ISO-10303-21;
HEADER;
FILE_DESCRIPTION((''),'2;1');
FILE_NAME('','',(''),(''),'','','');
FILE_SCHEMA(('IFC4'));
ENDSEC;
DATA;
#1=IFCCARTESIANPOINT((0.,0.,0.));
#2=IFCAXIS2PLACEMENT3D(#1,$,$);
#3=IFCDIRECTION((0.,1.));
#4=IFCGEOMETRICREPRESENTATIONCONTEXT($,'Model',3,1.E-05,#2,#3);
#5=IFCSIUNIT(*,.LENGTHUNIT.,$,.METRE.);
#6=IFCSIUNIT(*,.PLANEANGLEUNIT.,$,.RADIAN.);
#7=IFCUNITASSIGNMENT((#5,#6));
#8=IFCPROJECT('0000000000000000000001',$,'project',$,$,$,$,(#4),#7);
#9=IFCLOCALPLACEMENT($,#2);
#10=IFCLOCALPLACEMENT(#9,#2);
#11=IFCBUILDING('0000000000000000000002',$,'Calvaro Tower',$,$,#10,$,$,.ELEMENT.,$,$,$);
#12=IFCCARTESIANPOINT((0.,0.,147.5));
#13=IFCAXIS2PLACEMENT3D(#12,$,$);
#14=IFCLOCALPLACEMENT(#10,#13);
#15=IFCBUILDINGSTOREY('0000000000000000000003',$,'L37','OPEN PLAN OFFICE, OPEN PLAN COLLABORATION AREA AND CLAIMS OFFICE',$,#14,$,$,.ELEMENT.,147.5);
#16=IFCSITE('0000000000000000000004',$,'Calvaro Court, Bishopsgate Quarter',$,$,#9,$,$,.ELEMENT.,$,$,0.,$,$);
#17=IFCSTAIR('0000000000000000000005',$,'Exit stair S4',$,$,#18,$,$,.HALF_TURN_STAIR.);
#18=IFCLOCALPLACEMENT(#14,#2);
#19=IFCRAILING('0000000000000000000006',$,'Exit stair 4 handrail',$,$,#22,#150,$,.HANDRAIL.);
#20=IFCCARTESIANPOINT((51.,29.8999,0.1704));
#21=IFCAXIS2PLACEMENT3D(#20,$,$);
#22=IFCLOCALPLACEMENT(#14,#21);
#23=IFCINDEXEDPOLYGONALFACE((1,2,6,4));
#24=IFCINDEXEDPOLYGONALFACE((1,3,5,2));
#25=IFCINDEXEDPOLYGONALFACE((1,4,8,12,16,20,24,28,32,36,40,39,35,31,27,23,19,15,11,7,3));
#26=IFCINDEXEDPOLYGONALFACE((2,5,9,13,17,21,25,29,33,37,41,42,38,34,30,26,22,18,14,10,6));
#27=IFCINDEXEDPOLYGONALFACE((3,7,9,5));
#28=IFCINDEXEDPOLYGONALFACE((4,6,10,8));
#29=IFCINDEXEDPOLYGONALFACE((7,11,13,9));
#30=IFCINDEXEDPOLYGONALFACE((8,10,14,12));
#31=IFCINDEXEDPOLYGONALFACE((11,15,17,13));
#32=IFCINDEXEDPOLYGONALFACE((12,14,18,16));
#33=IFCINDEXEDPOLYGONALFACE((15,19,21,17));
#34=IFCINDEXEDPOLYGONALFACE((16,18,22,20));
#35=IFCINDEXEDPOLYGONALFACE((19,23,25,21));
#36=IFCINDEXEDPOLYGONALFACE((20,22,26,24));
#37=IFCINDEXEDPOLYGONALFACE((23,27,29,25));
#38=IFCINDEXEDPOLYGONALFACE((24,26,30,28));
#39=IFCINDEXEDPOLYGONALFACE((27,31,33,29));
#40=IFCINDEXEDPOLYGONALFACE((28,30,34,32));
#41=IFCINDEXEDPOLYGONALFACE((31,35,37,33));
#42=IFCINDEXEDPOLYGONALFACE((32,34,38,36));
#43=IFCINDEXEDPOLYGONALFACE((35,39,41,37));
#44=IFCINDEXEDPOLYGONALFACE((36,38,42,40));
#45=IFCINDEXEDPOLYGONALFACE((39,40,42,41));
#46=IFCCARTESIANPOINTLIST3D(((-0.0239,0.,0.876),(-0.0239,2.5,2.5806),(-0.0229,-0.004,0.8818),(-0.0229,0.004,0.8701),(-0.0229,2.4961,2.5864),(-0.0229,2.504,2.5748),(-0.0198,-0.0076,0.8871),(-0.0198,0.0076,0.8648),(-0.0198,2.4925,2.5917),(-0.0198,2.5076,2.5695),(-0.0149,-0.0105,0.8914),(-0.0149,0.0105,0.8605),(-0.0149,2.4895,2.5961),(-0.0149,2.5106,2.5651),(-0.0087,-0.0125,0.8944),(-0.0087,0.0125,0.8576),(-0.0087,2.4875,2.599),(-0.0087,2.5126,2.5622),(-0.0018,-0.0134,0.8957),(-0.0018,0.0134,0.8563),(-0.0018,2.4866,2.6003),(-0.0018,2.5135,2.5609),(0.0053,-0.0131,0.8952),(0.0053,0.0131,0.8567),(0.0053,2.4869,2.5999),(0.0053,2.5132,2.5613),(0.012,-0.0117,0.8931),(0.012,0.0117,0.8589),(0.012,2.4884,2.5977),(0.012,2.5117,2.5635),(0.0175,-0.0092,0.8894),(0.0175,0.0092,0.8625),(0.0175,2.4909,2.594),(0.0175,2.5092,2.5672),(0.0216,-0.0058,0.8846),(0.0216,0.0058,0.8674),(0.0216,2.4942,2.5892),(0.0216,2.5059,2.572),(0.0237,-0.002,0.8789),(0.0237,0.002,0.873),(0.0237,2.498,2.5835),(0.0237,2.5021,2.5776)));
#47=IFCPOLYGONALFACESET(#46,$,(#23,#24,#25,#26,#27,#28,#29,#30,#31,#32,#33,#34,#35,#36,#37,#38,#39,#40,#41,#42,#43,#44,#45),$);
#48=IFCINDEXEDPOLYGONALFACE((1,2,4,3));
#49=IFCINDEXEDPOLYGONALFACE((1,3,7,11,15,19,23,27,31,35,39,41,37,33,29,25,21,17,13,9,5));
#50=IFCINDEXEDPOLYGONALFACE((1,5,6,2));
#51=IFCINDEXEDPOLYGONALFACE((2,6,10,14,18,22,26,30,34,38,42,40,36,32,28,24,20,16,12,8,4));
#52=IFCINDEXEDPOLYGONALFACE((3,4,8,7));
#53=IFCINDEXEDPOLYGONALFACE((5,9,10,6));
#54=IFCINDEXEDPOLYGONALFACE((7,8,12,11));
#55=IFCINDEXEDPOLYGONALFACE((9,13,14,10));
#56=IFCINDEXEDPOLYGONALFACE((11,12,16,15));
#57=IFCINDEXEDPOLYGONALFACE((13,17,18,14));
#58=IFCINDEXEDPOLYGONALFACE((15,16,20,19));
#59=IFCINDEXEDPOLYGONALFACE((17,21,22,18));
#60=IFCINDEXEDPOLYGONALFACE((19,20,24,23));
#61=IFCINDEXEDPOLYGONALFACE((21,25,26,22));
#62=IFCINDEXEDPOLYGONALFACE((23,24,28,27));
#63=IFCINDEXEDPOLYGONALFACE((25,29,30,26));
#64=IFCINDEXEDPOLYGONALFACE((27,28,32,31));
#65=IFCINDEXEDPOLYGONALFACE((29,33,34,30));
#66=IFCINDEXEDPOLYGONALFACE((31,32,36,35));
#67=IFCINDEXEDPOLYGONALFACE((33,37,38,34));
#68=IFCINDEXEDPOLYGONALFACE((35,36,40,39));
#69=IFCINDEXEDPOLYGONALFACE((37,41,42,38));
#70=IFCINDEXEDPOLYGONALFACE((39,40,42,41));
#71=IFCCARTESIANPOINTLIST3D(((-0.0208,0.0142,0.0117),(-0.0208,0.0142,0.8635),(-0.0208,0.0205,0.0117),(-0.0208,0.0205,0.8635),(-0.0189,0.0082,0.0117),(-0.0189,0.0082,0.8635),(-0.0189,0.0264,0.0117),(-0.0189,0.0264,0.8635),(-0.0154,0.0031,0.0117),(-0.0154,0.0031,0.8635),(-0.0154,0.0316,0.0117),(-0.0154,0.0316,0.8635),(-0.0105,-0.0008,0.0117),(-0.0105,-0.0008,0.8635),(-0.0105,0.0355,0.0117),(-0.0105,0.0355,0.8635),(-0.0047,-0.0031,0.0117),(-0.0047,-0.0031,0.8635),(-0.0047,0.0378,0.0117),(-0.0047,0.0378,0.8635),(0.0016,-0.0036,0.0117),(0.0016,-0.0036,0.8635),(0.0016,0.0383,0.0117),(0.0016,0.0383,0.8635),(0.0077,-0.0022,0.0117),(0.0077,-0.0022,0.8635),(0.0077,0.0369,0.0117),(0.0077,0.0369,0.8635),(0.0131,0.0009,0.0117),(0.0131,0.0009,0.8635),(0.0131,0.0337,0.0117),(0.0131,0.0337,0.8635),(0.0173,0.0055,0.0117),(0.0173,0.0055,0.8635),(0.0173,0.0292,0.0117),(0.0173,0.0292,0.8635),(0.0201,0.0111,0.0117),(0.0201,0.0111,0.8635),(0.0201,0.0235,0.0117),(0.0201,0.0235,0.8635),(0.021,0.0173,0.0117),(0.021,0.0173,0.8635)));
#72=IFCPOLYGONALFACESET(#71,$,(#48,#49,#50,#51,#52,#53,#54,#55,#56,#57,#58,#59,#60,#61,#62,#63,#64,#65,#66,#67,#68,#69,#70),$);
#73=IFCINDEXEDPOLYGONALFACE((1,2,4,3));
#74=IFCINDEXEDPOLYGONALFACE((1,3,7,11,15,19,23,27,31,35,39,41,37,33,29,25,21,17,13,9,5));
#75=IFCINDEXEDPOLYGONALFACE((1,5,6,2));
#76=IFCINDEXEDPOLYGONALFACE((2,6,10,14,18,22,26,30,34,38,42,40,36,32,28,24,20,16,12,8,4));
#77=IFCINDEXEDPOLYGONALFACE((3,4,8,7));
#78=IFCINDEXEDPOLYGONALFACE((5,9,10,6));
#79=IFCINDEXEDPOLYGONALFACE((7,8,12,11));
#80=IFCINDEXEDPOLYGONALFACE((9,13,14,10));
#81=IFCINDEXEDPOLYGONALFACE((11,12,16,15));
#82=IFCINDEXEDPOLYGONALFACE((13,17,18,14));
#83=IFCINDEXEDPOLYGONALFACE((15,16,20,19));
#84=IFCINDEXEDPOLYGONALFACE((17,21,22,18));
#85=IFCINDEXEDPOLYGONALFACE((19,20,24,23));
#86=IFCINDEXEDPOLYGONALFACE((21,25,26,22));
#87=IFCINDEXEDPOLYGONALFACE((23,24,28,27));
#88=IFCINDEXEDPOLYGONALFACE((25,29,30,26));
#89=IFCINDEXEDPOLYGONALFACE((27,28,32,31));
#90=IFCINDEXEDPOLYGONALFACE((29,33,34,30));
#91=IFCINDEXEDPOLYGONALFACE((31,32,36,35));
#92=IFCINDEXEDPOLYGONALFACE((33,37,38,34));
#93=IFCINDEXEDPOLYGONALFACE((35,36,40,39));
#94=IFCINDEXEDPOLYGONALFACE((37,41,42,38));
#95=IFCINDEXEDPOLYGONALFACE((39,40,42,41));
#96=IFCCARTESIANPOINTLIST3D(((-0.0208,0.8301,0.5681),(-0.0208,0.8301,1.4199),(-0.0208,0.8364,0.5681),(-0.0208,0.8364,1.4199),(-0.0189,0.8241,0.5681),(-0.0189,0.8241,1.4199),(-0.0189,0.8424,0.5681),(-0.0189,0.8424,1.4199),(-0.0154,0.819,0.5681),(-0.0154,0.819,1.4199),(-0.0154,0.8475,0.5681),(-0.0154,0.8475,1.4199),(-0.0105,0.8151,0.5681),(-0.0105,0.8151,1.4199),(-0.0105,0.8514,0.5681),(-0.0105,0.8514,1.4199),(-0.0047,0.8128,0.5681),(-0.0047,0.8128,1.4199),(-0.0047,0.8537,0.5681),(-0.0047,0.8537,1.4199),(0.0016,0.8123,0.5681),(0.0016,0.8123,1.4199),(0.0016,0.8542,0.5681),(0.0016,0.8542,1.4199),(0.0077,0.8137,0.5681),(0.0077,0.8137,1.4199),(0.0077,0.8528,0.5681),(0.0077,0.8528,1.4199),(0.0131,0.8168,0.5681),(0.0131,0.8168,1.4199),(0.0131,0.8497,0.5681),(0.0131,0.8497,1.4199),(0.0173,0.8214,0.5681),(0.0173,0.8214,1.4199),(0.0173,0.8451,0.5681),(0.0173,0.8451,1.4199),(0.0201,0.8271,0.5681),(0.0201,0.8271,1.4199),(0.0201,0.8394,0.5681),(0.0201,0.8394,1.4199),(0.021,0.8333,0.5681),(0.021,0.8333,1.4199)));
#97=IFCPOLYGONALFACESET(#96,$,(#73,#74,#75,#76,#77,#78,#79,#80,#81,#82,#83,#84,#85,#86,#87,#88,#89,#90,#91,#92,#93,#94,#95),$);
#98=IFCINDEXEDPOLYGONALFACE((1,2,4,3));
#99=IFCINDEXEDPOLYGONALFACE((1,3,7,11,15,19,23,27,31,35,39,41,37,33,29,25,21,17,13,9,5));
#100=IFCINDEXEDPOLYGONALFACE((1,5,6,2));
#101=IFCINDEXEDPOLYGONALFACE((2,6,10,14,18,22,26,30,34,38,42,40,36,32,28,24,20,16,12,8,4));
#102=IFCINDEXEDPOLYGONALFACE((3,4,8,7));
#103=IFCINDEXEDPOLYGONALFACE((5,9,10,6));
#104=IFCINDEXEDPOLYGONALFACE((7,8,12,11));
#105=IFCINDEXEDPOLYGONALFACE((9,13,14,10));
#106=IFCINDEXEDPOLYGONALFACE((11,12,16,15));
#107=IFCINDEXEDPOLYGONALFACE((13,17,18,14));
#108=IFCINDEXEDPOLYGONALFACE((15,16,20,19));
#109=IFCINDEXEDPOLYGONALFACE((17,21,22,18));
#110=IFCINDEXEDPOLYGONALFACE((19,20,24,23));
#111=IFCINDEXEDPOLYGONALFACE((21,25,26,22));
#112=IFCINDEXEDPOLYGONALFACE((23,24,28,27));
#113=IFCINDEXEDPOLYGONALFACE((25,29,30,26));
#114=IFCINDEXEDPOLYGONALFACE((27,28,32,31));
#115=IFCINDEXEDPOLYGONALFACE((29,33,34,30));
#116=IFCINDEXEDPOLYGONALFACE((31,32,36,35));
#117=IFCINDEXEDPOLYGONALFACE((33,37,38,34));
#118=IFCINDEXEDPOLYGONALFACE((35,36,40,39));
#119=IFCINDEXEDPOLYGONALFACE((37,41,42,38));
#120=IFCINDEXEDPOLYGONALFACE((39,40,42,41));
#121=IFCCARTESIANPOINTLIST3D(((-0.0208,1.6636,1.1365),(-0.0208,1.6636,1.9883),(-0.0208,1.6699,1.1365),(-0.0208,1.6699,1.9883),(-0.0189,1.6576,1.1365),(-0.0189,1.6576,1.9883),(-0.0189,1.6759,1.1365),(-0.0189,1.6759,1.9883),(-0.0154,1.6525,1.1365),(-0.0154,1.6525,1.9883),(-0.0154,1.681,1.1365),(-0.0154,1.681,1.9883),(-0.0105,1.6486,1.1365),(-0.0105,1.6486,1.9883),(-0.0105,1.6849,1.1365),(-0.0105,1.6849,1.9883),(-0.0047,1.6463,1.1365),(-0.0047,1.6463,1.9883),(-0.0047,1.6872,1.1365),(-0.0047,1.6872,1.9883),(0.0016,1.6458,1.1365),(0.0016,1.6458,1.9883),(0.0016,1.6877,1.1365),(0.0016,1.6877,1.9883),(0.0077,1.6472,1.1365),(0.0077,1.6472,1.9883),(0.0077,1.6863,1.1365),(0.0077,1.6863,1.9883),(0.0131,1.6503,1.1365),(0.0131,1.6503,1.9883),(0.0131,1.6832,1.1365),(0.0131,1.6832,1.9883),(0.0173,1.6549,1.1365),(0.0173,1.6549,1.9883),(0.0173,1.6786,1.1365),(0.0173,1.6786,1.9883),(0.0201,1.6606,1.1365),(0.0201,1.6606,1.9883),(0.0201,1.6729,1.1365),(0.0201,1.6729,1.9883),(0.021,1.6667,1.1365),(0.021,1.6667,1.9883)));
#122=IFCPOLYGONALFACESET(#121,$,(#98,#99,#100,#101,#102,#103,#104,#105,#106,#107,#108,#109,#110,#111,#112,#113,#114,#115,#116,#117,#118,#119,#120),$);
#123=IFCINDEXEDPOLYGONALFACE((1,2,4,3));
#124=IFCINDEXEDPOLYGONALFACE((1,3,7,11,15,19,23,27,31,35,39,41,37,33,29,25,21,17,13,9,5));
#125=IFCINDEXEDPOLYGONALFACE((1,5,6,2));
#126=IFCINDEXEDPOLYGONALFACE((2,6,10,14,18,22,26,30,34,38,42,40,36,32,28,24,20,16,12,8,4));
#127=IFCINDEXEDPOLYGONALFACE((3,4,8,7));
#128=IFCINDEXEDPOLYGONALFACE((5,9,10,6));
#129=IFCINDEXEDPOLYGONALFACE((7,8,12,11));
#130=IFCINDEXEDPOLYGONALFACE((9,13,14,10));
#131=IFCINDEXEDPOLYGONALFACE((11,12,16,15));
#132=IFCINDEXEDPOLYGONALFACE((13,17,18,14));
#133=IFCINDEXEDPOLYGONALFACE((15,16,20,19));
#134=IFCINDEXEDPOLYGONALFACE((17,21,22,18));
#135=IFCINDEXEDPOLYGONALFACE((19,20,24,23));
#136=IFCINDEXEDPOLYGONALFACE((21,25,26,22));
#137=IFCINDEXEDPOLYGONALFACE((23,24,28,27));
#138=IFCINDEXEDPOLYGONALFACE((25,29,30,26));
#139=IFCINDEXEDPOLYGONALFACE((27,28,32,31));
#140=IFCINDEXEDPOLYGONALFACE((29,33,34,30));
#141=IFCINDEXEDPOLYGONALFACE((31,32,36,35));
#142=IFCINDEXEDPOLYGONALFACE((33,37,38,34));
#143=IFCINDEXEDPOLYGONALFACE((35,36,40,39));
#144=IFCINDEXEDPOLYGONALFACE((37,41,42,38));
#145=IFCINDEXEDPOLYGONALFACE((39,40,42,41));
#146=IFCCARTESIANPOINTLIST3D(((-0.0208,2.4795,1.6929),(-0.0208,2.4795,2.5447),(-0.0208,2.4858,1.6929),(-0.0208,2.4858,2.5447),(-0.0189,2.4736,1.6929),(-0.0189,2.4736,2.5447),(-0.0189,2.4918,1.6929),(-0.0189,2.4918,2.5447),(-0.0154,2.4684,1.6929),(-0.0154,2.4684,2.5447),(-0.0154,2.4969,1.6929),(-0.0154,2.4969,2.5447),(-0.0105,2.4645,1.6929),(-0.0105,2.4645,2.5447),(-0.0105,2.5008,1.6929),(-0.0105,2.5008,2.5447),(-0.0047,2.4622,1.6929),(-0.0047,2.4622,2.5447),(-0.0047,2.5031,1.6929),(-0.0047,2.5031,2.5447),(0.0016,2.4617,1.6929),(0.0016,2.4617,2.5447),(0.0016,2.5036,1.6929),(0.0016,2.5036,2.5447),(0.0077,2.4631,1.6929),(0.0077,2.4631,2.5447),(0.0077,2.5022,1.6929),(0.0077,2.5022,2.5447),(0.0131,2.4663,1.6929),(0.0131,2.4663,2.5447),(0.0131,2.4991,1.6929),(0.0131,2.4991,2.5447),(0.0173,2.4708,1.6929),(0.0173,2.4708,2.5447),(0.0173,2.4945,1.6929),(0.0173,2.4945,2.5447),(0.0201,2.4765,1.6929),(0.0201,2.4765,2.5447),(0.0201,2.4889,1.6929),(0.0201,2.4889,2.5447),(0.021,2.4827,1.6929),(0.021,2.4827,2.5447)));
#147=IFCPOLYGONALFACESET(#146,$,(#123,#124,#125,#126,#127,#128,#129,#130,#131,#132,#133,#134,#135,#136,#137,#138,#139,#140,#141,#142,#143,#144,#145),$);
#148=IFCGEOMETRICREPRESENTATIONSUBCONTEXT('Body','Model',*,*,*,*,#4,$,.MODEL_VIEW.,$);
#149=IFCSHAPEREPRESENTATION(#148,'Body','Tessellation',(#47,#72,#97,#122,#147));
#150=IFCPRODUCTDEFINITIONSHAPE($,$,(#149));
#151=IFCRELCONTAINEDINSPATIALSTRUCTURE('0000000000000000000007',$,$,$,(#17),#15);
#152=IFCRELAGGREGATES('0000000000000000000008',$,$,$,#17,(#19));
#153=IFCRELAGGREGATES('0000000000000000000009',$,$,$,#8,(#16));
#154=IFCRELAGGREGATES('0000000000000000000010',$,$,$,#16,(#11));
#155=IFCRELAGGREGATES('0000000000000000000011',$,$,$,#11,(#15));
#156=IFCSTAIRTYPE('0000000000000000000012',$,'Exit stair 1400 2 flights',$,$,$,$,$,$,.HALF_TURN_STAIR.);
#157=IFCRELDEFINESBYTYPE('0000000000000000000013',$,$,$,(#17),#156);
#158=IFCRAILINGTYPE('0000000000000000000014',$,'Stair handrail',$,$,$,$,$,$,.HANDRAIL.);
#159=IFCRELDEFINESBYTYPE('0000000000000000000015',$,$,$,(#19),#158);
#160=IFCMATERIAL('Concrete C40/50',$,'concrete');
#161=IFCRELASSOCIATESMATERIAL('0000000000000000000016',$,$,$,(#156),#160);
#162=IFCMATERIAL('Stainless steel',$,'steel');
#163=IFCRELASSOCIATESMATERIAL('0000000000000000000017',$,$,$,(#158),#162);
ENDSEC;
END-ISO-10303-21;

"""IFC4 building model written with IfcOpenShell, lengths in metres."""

from ifc_helpers import new_model, si_unit, direction, frame, origin, origin_2d, place, context, subcontext, project, spatial, circle, extrude, material, type_object, element, aggregate, save


model = new_model("IFC4")

# Units and contexts
model_context = context("Model", 3, precision=1e-05, world=origin(), true_north=direction((0.0, 1.0)))
body_context = subcontext(model_context, "Body", "Model", "MODEL_VIEW")
ifc_project = project(units=[si_unit("LENGTHUNIT", "METRE"), si_unit("PLANEANGLEUNIT", "RADIAN")], contexts=[model_context])

# Site, building, storey
site_placement = place(None, origin())
site = spatial("IfcSite", under=ifc_project, at=site_placement, Name="Calvaro Court, Bishopsgate Quarter", CompositionType="ELEMENT", RefElevation=0.0)
building_placement = place(site_placement, origin())
building = spatial("IfcBuilding", under=site, at=building_placement, Name="Calvaro Tower", CompositionType="ELEMENT")
storey_placement = place(building_placement, frame((0.0, 0.0, 147.5)))
storey = spatial("IfcBuildingStorey", under=building, at=storey_placement, Name="L37", Description="OPEN PLAN OFFICE, OPEN PLAN COLLABORATION AREA AND CLAIMS OFFICE", CompositionType="ELEMENT", Elevation=147.5)

# Stair
ifc_material_1 = material(Name="Concrete C40/50", Category="concrete")
stair_type = type_object("IfcStairType", Name="Exit stair 1400 2 flights", PredefinedType="HALF_TURN_STAIR", material=ifc_material_1)
stair_1_placement = place(storey_placement, origin())
stair_1 = element("IfcStair", 1, at=stair_1_placement, inside=storey, type_object=stair_type, Name="Exit stair S4", PredefinedType="HALF_TURN_STAIR")

# Railing
ifc_material_2 = material(Name="Stainless steel", Category="steel")
railing_type = type_object("IfcRailingType", Name="Stair handrail", PredefinedType="HANDRAIL", material=ifc_material_2)
railing_1_placement = place(storey_placement, frame((51.0, 29.8999, 0.1704)))
railing_1 = element("IfcRailing", 2, at=railing_1_placement, type_object=railing_type, Name="Exit stair 4 handrail", PredefinedType="HANDRAIL", context=body_context, shape_type="SweptSolid", body=[
    extrude(circle(Radius=0.0239, at=origin_2d()), frame((0.0, 0.0, 0.876), z_axis=(0.0, 0.826221, 0.563347), x_axis=(-1.0, 0.0, 0.0)), (0.0, 0.0, 1.0), 3.0259),
    extrude(circle(Radius=0.021, at=origin_2d()), frame((0.0, 0.0173, 0.0117)), (0.0, 0.0, 1.0), 0.8518),
    extrude(circle(Radius=0.021, at=origin_2d()), frame((0.0, 0.8333, 0.5681)), (0.0, 0.0, 1.0), 0.8518),
    extrude(circle(Radius=0.021, at=origin_2d()), frame((0.0, 1.6667, 1.1365)), (0.0, 0.0, 1.0), 0.8518),
    extrude(circle(Radius=0.021, at=origin_2d()), frame((0.0, 2.4827, 1.6929)), (0.0, 0.0, 1.0), 0.8518),
])
aggregate(stair_1, [railing_1])

save(model, "model.ifc")
